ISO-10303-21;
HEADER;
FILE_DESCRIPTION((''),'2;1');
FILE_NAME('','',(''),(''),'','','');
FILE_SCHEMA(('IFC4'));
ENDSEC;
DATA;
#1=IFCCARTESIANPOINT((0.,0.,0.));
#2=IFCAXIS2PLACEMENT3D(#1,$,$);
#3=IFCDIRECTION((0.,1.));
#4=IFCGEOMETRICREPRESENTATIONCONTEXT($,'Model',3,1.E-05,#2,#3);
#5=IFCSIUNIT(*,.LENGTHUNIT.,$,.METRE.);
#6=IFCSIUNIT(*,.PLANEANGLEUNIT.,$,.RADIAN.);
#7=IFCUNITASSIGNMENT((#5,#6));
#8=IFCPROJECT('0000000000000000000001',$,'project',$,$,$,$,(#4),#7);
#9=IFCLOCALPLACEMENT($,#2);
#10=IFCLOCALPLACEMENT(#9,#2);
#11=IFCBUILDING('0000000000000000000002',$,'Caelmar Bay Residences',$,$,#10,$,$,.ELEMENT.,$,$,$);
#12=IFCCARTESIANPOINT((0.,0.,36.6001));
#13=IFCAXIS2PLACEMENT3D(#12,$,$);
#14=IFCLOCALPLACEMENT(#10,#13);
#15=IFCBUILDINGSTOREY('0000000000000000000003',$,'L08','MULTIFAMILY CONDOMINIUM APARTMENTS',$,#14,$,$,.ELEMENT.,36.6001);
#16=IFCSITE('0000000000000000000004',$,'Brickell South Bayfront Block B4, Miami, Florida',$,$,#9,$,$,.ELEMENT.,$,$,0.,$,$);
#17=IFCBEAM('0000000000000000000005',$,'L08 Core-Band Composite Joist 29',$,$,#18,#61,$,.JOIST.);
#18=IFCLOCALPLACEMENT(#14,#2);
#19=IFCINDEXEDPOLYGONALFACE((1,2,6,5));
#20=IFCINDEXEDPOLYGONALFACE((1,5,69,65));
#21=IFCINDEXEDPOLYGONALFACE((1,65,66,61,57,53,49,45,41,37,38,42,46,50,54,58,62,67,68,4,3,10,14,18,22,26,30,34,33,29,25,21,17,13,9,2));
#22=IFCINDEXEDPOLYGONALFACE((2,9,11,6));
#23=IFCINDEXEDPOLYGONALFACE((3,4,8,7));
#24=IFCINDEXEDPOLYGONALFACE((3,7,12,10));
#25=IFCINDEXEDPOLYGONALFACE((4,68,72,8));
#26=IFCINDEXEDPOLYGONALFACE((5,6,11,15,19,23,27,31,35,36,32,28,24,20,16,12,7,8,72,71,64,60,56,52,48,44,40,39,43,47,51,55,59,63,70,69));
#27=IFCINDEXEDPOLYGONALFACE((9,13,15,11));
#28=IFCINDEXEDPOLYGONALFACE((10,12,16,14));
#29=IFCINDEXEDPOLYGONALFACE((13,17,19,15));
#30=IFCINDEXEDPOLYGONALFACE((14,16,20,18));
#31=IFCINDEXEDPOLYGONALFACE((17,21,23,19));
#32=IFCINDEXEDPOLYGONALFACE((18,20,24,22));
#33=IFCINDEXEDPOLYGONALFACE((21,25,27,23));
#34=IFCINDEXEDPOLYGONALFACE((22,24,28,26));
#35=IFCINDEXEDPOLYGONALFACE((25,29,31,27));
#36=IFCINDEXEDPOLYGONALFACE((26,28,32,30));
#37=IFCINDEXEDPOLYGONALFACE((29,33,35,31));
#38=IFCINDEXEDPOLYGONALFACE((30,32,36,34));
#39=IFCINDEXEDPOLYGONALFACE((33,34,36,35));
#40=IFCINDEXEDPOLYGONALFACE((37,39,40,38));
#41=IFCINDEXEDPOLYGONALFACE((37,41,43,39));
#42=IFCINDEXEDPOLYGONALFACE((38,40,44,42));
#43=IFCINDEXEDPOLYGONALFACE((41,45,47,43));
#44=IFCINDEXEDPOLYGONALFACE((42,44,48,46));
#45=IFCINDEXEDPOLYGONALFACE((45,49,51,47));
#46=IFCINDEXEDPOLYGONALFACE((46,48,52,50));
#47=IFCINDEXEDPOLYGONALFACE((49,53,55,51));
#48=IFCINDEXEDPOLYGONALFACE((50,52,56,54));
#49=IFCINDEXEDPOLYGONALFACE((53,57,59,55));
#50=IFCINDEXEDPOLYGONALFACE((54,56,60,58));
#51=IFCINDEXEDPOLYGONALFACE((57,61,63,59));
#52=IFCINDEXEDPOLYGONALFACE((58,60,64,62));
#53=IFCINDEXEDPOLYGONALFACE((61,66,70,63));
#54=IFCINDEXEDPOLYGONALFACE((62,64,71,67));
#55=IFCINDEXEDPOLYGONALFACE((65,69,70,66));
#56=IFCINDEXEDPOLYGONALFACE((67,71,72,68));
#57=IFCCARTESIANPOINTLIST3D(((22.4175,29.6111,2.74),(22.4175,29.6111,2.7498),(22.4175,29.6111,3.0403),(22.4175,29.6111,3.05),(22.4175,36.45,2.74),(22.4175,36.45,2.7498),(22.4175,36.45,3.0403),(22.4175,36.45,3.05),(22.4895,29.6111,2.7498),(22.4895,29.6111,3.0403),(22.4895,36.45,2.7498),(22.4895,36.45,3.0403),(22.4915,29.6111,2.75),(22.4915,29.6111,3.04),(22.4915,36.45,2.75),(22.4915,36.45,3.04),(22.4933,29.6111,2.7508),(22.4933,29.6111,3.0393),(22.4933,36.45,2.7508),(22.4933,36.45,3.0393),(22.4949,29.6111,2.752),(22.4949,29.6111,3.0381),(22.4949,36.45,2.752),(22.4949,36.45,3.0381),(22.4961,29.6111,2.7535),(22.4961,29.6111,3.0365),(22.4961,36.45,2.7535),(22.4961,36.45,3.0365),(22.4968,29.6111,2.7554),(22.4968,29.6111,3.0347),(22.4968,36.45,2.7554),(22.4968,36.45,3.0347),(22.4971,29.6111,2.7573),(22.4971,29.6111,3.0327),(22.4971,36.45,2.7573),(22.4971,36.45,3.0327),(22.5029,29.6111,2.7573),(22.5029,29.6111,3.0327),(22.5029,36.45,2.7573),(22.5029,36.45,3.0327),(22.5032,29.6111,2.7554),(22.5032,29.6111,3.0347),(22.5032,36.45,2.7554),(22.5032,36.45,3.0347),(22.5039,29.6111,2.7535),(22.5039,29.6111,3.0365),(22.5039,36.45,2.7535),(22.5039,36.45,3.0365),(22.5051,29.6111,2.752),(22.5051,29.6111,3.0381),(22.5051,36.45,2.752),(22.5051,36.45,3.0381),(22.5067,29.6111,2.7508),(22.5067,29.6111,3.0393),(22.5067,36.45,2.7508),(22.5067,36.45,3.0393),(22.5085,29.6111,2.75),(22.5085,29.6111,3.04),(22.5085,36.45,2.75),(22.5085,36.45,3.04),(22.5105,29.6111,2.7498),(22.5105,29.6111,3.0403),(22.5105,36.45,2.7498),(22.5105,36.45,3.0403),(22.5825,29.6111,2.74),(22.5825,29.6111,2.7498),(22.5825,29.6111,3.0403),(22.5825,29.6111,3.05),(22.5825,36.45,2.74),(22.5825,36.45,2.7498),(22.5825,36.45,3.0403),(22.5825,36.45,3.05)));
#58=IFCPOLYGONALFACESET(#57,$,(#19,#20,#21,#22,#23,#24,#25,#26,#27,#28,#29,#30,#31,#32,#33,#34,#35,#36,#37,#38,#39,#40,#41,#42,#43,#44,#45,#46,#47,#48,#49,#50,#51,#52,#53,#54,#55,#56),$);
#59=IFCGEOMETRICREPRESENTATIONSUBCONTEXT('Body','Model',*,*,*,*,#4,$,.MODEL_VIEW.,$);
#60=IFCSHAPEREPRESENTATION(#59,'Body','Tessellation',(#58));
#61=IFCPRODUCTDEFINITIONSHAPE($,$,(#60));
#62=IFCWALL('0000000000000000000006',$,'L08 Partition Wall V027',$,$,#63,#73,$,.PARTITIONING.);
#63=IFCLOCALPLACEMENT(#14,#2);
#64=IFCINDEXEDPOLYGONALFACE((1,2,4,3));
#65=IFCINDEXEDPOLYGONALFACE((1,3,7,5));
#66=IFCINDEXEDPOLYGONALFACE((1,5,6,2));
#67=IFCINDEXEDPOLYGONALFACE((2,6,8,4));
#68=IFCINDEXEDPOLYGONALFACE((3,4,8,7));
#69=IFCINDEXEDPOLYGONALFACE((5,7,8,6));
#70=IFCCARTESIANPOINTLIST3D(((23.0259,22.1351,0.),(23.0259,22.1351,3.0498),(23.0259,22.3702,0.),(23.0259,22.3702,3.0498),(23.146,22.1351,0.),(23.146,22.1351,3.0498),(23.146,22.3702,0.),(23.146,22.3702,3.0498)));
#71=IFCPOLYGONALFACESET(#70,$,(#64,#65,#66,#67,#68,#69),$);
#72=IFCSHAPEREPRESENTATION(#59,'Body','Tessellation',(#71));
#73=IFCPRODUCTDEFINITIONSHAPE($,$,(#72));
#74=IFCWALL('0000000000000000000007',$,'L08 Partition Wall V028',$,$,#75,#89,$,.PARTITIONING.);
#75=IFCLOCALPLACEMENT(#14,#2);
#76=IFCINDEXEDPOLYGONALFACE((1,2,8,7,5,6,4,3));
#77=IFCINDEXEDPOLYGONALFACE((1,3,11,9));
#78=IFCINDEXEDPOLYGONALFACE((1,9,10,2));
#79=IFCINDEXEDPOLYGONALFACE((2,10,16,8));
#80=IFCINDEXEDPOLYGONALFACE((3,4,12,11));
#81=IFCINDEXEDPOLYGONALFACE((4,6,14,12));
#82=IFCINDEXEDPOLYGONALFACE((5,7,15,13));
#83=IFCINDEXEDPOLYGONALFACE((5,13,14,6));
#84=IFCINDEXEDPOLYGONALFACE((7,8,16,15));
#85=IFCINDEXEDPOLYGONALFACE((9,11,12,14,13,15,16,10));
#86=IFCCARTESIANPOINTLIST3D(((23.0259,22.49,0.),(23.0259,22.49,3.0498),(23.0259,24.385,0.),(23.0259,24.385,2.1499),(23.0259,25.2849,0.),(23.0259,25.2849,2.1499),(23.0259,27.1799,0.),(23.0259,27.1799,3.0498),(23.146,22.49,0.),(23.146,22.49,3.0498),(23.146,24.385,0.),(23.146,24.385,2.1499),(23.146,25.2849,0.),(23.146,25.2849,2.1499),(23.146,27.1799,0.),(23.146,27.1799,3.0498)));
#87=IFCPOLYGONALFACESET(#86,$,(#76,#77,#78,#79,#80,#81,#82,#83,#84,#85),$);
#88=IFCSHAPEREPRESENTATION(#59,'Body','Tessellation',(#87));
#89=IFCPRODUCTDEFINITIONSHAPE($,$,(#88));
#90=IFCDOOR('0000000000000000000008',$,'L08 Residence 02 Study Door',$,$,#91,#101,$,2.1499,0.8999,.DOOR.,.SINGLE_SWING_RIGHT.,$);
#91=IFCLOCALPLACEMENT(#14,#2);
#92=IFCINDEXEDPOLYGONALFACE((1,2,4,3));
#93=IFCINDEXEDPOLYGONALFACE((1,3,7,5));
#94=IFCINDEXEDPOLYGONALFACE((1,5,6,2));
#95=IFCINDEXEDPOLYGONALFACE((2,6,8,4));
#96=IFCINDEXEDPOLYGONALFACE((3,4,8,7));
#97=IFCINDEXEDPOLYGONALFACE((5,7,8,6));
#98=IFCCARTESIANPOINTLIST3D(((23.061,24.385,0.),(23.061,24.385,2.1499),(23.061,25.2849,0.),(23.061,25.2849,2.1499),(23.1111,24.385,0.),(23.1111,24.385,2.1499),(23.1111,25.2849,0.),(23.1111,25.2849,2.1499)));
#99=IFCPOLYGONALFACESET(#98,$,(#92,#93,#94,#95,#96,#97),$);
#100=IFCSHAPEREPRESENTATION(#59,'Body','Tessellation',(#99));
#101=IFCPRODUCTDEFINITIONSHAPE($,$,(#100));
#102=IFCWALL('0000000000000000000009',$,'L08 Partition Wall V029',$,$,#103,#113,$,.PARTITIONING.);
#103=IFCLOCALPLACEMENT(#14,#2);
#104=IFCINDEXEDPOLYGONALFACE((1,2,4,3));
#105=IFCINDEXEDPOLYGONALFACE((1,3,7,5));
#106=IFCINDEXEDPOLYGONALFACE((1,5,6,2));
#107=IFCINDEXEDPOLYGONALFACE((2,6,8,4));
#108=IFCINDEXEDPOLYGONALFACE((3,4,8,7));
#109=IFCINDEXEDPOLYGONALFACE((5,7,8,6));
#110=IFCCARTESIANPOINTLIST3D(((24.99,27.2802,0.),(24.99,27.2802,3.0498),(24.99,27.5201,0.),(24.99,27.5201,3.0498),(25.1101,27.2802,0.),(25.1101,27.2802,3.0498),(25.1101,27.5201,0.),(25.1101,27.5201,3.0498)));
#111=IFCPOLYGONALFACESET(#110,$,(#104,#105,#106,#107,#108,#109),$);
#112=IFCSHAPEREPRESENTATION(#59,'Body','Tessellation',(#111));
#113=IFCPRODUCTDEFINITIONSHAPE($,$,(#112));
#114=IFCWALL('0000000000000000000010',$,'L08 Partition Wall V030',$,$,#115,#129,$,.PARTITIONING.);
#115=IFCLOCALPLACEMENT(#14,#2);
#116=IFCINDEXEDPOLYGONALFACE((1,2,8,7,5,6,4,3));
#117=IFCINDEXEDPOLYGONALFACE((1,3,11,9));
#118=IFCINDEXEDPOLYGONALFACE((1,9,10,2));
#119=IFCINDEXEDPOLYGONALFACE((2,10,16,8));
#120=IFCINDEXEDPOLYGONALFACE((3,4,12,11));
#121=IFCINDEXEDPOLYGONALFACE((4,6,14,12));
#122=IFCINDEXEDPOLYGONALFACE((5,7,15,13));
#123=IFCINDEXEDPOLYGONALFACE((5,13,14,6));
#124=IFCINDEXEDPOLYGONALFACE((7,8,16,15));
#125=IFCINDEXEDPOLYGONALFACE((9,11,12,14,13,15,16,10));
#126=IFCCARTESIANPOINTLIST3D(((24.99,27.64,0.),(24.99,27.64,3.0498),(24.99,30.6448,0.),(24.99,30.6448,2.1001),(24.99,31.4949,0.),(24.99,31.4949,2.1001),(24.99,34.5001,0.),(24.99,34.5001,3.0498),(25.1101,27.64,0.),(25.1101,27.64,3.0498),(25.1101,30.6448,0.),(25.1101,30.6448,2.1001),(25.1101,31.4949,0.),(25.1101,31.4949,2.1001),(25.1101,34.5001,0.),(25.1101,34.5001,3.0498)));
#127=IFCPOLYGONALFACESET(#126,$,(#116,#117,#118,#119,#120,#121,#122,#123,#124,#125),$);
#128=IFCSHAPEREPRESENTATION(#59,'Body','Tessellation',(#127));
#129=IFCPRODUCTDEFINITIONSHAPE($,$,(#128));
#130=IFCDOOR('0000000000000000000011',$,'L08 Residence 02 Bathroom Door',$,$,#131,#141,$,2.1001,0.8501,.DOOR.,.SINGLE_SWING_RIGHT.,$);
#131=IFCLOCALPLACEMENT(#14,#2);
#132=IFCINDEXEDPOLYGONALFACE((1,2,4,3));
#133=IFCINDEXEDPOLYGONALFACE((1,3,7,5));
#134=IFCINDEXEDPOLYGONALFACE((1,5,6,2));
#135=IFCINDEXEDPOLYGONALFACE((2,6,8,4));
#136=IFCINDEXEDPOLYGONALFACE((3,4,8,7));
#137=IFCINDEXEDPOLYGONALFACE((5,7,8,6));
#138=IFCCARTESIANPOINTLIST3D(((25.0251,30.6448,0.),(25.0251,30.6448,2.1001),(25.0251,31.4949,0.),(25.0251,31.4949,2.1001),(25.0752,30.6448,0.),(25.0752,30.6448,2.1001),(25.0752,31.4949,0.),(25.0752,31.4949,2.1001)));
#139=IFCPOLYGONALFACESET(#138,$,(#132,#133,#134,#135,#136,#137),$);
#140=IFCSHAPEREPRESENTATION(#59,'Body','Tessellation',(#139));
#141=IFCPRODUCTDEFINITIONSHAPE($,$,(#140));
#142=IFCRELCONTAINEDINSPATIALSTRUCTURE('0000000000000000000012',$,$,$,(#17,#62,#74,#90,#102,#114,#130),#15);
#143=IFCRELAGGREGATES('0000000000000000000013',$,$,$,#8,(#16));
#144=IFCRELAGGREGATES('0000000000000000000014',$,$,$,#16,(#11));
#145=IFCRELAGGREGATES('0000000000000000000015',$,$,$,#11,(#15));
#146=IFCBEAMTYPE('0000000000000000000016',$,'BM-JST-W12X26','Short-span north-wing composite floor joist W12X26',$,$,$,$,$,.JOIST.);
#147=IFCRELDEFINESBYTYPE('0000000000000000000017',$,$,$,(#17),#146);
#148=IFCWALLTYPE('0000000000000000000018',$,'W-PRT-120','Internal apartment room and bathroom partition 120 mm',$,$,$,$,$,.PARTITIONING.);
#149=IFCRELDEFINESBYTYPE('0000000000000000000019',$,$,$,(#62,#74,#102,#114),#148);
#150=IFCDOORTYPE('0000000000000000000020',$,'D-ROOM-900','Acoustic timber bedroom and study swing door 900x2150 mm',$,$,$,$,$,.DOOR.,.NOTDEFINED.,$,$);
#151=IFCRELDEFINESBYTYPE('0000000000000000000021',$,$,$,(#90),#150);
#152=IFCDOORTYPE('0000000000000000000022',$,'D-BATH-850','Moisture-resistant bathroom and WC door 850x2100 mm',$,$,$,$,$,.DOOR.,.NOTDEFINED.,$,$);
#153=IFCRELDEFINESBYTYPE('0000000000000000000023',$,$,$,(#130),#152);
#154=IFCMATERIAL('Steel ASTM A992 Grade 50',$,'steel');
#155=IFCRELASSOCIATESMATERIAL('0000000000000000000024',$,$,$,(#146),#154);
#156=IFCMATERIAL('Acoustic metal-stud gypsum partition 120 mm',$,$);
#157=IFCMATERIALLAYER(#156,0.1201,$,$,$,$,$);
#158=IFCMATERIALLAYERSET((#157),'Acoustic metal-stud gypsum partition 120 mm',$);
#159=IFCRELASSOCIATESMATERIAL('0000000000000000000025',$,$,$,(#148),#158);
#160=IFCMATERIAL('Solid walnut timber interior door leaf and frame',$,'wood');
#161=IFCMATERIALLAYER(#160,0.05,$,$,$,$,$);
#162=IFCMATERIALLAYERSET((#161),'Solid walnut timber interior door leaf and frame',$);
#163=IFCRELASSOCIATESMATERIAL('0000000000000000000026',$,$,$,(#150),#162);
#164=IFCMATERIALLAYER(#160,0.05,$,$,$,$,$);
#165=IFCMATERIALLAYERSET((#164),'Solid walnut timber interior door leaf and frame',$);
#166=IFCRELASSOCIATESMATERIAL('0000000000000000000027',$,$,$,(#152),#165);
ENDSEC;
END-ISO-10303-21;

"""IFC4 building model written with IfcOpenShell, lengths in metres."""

from ifc_helpers import new_model, si_unit, direction, frame, frame_2d, origin, origin_2d, place, context, subcontext, project, spatial, rectangle, i_section, extrude, material, layer, layer_set, material_profile, profile_set, type_object, element, fill, save


model = new_model("IFC4")

# Units and contexts
model_context = context("Model", 3, precision=1e-05, world=origin(), true_north=direction((0.0, 1.0)))
body_context = subcontext(model_context, "Body", "Model", "MODEL_VIEW")
ifc_project = project(units=[si_unit("LENGTHUNIT", "METRE"), si_unit("PLANEANGLEUNIT", "RADIAN")], contexts=[model_context])

# Site, building, storey
site_placement = place(None, origin())
site = spatial("IfcSite", under=ifc_project, at=site_placement, Name="Brickell South Bayfront Block B4, Miami, Florida", CompositionType="ELEMENT", RefElevation=0.0)
building_placement = place(site_placement, origin())
building = spatial("IfcBuilding", under=site, at=building_placement, Name="Caelmar Bay Residences", CompositionType="ELEMENT")
storey_placement = place(building_placement, frame((0.0, 0.0, 36.6001)))
storey = spatial("IfcBuildingStorey", under=building, at=storey_placement, Name="L08", Description="MULTIFAMILY CONDOMINIUM APARTMENTS", CompositionType="ELEMENT", Elevation=36.6001)

# Beam
ifc_material_1 = material(Name="Steel ASTM A992 Grade 50", Category="steel")
ifc_material_profile_1 = material_profile(ifc_material_1, i_section(OverallWidth=0.165, OverallDepth=0.3101, WebThickness=0.0059, FlangeThickness=0.0098, FilletRadius=0.0076, at=origin_2d()), Name="W12X26")
ifc_profile_set_1 = profile_set([ifc_material_profile_1], Name="Steel ASTM A992 Grade 50")
beam_type_1 = type_object("IfcBeamType", Name="BM-JST-W12X26", Description="Short-span north-wing composite floor joist W12X26", PredefinedType="JOIST", material=ifc_profile_set_1)
beam_1_placement = place(storey_placement, frame((22.5, 29.6111, 2.895), z_axis=(0.0, 1.0, 0.0), x_axis=(-1.0, 0.0, 0.0)))
element("IfcBeam", 1, at=beam_1_placement, inside=storey, type_object=beam_type_1, Name="L08 Core-Band Composite Joist 29", PredefinedType="JOIST", context=body_context, shape_type="SweptSolid", body=[
    extrude(i_section(OverallWidth=0.165, OverallDepth=0.3101, WebThickness=0.0059, FlangeThickness=0.0098, FilletRadius=0.0076, at=origin_2d()), origin(), (0.0, 0.0, 1.0), 6.8389),
])

# Wall
ifc_material_2 = material(Name="Acoustic metal-stud gypsum partition 120 mm")
ifc_layer_1 = layer(ifc_material_2, 0.1201)
ifc_layer_set_1 = layer_set([ifc_layer_1], Name="Acoustic metal-stud gypsum partition 120 mm")
wall_type_1 = type_object("IfcWallType", Name="W-PRT-120", Description="Internal apartment room and bathroom partition 120 mm", PredefinedType="PARTITIONING", material=ifc_layer_set_1)
wall_1_placement = place(storey_placement, frame((23.0859, 22.135, 0.0), z_axis=(0.0, 0.0, 1.0), x_axis=(0.0, 1.0, 0.0)))
element("IfcWall", 2, at=wall_1_placement, inside=storey, type_object=wall_type_1, Name="L08 Partition Wall V027", PredefinedType="PARTITIONING", context=body_context, shape_type="SweptSolid", body=[
    extrude(rectangle(XDim=0.2351, YDim=0.1201, at=frame_2d((0.1177, 0.0))), origin(), (0.0, 0.0, 1.0), 3.0498),
])

# Wall, opening, door
wall_2_placement = place(storey_placement, frame((23.0859, 22.49, 0.0), z_axis=(0.0, 0.0, 1.0), x_axis=(0.0, 1.0, 0.0)))
wall_2 = element("IfcWall", 3, at=wall_2_placement, inside=storey, type_object=wall_type_1, Name="L08 Partition Wall V028", PredefinedType="PARTITIONING", context=body_context, shape_type="SweptSolid", body=[
    extrude(rectangle(XDim=4.6899, YDim=0.1201, at=frame_2d((2.345, 0.0))), origin(), (0.0, 0.0, 1.0), 3.0498),
])
opening_1_placement = place(wall_2_placement, frame((1.895, 0.0, 0.0)))
opening_1 = element("IfcOpeningElement", 4, at=opening_1_placement, cuts=wall_2, PredefinedType="OPENING", context=body_context, shape_type="SweptSolid", body=[
    extrude(rectangle(XDim=0.8999, YDim=2.1499, at=frame_2d((0.45, 1.075))), frame((0.0, 0.0701, 0.0), z_axis=(0.0, -1.0, 0.0), x_axis=(1.0, 0.0, 0.0)), (0.0, 0.0, 1.0), 0.1401),
])
ifc_material_3 = material(Name="Solid walnut timber interior door leaf and frame", Category="wood")
ifc_layer_2 = layer(ifc_material_3, 0.05)
ifc_layer_set_2 = layer_set([ifc_layer_2], Name="Solid walnut timber interior door leaf and frame")
door_type_1 = type_object("IfcDoorType", Name="D-ROOM-900", Description="Acoustic timber bedroom and study swing door 900x2150 mm", OperationType="NOTDEFINED", PredefinedType="DOOR", material=ifc_layer_set_2)
door_1_placement = place(opening_1_placement, origin())
door_1 = element("IfcDoor", 5, at=door_1_placement, inside=storey, type_object=door_type_1, Name="L08 Residence 02 Study Door", OperationType="SINGLE_SWING_RIGHT", OverallHeight=2.1499, OverallWidth=0.8999, PredefinedType="DOOR", context=body_context, shape_type="SweptSolid", body=[
    extrude(rectangle(XDim=0.8999, YDim=2.1499, at=frame_2d((0.45, 1.075))), frame((0.0, 0.0249, 0.0), z_axis=(0.0, -1.0, 0.0), x_axis=(1.0, 0.0, 0.0)), (0.0, 0.0, 1.0), 0.05),
])
fill(opening_1, door_1)

# Wall
wall_3_placement = place(storey_placement, frame((25.05, 27.28, 0.0), z_axis=(0.0, 0.0, 1.0), x_axis=(0.0, 1.0, 0.0)))
element("IfcWall", 6, at=wall_3_placement, inside=storey, type_object=wall_type_1, Name="L08 Partition Wall V029", PredefinedType="PARTITIONING", context=body_context, shape_type="SweptSolid", body=[
    extrude(rectangle(XDim=0.24, YDim=0.1201, at=frame_2d((0.1201, 0.0))), origin(), (0.0, 0.0, 1.0), 3.0498),
])

# Wall, opening, door
wall_4_placement = place(storey_placement, frame((25.05, 27.6399, 0.0), z_axis=(0.0, 0.0, 1.0), x_axis=(0.0, 1.0, 0.0)))
wall_4 = element("IfcWall", 7, at=wall_4_placement, inside=storey, type_object=wall_type_1, Name="L08 Partition Wall V030", PredefinedType="PARTITIONING", context=body_context, shape_type="SweptSolid", body=[
    extrude(rectangle(XDim=6.8601, YDim=0.1201, at=frame_2d((3.4302, 0.0))), origin(), (0.0, 0.0, 1.0), 3.0498),
])
opening_2_placement = place(wall_4_placement, frame((3.0049, 0.0, 0.0)))
opening_2 = element("IfcOpeningElement", 8, at=opening_2_placement, cuts=wall_4, PredefinedType="OPENING", context=body_context, shape_type="SweptSolid", body=[
    extrude(rectangle(XDim=0.8501, YDim=2.1001, at=frame_2d((0.425, 1.05))), frame((0.0, 0.0701, 0.0), z_axis=(0.0, -1.0, 0.0), x_axis=(1.0, 0.0, 0.0)), (0.0, 0.0, 1.0), 0.1401),
])
ifc_layer_3 = layer(ifc_material_3, 0.05)
ifc_layer_set_3 = layer_set([ifc_layer_3], Name="Solid walnut timber interior door leaf and frame")
door_type_2 = type_object("IfcDoorType", Name="D-BATH-850", Description="Moisture-resistant bathroom and WC door 850x2100 mm", OperationType="NOTDEFINED", PredefinedType="DOOR", material=ifc_layer_set_3)
door_2_placement = place(opening_2_placement, origin())
door_2 = element("IfcDoor", 9, at=door_2_placement, inside=storey, type_object=door_type_2, Name="L08 Residence 02 Bathroom Door", OperationType="SINGLE_SWING_RIGHT", OverallHeight=2.1001, OverallWidth=0.8501, PredefinedType="DOOR", context=body_context, shape_type="SweptSolid", body=[
    extrude(rectangle(XDim=0.8501, YDim=2.1001, at=frame_2d((0.425, 1.05))), frame((0.0, 0.0249, 0.0), z_axis=(0.0, -1.0, 0.0), x_axis=(1.0, 0.0, 0.0)), (0.0, 0.0, 1.0), 0.05),
])
fill(opening_2, door_2)

save(model, "model.ifc")
